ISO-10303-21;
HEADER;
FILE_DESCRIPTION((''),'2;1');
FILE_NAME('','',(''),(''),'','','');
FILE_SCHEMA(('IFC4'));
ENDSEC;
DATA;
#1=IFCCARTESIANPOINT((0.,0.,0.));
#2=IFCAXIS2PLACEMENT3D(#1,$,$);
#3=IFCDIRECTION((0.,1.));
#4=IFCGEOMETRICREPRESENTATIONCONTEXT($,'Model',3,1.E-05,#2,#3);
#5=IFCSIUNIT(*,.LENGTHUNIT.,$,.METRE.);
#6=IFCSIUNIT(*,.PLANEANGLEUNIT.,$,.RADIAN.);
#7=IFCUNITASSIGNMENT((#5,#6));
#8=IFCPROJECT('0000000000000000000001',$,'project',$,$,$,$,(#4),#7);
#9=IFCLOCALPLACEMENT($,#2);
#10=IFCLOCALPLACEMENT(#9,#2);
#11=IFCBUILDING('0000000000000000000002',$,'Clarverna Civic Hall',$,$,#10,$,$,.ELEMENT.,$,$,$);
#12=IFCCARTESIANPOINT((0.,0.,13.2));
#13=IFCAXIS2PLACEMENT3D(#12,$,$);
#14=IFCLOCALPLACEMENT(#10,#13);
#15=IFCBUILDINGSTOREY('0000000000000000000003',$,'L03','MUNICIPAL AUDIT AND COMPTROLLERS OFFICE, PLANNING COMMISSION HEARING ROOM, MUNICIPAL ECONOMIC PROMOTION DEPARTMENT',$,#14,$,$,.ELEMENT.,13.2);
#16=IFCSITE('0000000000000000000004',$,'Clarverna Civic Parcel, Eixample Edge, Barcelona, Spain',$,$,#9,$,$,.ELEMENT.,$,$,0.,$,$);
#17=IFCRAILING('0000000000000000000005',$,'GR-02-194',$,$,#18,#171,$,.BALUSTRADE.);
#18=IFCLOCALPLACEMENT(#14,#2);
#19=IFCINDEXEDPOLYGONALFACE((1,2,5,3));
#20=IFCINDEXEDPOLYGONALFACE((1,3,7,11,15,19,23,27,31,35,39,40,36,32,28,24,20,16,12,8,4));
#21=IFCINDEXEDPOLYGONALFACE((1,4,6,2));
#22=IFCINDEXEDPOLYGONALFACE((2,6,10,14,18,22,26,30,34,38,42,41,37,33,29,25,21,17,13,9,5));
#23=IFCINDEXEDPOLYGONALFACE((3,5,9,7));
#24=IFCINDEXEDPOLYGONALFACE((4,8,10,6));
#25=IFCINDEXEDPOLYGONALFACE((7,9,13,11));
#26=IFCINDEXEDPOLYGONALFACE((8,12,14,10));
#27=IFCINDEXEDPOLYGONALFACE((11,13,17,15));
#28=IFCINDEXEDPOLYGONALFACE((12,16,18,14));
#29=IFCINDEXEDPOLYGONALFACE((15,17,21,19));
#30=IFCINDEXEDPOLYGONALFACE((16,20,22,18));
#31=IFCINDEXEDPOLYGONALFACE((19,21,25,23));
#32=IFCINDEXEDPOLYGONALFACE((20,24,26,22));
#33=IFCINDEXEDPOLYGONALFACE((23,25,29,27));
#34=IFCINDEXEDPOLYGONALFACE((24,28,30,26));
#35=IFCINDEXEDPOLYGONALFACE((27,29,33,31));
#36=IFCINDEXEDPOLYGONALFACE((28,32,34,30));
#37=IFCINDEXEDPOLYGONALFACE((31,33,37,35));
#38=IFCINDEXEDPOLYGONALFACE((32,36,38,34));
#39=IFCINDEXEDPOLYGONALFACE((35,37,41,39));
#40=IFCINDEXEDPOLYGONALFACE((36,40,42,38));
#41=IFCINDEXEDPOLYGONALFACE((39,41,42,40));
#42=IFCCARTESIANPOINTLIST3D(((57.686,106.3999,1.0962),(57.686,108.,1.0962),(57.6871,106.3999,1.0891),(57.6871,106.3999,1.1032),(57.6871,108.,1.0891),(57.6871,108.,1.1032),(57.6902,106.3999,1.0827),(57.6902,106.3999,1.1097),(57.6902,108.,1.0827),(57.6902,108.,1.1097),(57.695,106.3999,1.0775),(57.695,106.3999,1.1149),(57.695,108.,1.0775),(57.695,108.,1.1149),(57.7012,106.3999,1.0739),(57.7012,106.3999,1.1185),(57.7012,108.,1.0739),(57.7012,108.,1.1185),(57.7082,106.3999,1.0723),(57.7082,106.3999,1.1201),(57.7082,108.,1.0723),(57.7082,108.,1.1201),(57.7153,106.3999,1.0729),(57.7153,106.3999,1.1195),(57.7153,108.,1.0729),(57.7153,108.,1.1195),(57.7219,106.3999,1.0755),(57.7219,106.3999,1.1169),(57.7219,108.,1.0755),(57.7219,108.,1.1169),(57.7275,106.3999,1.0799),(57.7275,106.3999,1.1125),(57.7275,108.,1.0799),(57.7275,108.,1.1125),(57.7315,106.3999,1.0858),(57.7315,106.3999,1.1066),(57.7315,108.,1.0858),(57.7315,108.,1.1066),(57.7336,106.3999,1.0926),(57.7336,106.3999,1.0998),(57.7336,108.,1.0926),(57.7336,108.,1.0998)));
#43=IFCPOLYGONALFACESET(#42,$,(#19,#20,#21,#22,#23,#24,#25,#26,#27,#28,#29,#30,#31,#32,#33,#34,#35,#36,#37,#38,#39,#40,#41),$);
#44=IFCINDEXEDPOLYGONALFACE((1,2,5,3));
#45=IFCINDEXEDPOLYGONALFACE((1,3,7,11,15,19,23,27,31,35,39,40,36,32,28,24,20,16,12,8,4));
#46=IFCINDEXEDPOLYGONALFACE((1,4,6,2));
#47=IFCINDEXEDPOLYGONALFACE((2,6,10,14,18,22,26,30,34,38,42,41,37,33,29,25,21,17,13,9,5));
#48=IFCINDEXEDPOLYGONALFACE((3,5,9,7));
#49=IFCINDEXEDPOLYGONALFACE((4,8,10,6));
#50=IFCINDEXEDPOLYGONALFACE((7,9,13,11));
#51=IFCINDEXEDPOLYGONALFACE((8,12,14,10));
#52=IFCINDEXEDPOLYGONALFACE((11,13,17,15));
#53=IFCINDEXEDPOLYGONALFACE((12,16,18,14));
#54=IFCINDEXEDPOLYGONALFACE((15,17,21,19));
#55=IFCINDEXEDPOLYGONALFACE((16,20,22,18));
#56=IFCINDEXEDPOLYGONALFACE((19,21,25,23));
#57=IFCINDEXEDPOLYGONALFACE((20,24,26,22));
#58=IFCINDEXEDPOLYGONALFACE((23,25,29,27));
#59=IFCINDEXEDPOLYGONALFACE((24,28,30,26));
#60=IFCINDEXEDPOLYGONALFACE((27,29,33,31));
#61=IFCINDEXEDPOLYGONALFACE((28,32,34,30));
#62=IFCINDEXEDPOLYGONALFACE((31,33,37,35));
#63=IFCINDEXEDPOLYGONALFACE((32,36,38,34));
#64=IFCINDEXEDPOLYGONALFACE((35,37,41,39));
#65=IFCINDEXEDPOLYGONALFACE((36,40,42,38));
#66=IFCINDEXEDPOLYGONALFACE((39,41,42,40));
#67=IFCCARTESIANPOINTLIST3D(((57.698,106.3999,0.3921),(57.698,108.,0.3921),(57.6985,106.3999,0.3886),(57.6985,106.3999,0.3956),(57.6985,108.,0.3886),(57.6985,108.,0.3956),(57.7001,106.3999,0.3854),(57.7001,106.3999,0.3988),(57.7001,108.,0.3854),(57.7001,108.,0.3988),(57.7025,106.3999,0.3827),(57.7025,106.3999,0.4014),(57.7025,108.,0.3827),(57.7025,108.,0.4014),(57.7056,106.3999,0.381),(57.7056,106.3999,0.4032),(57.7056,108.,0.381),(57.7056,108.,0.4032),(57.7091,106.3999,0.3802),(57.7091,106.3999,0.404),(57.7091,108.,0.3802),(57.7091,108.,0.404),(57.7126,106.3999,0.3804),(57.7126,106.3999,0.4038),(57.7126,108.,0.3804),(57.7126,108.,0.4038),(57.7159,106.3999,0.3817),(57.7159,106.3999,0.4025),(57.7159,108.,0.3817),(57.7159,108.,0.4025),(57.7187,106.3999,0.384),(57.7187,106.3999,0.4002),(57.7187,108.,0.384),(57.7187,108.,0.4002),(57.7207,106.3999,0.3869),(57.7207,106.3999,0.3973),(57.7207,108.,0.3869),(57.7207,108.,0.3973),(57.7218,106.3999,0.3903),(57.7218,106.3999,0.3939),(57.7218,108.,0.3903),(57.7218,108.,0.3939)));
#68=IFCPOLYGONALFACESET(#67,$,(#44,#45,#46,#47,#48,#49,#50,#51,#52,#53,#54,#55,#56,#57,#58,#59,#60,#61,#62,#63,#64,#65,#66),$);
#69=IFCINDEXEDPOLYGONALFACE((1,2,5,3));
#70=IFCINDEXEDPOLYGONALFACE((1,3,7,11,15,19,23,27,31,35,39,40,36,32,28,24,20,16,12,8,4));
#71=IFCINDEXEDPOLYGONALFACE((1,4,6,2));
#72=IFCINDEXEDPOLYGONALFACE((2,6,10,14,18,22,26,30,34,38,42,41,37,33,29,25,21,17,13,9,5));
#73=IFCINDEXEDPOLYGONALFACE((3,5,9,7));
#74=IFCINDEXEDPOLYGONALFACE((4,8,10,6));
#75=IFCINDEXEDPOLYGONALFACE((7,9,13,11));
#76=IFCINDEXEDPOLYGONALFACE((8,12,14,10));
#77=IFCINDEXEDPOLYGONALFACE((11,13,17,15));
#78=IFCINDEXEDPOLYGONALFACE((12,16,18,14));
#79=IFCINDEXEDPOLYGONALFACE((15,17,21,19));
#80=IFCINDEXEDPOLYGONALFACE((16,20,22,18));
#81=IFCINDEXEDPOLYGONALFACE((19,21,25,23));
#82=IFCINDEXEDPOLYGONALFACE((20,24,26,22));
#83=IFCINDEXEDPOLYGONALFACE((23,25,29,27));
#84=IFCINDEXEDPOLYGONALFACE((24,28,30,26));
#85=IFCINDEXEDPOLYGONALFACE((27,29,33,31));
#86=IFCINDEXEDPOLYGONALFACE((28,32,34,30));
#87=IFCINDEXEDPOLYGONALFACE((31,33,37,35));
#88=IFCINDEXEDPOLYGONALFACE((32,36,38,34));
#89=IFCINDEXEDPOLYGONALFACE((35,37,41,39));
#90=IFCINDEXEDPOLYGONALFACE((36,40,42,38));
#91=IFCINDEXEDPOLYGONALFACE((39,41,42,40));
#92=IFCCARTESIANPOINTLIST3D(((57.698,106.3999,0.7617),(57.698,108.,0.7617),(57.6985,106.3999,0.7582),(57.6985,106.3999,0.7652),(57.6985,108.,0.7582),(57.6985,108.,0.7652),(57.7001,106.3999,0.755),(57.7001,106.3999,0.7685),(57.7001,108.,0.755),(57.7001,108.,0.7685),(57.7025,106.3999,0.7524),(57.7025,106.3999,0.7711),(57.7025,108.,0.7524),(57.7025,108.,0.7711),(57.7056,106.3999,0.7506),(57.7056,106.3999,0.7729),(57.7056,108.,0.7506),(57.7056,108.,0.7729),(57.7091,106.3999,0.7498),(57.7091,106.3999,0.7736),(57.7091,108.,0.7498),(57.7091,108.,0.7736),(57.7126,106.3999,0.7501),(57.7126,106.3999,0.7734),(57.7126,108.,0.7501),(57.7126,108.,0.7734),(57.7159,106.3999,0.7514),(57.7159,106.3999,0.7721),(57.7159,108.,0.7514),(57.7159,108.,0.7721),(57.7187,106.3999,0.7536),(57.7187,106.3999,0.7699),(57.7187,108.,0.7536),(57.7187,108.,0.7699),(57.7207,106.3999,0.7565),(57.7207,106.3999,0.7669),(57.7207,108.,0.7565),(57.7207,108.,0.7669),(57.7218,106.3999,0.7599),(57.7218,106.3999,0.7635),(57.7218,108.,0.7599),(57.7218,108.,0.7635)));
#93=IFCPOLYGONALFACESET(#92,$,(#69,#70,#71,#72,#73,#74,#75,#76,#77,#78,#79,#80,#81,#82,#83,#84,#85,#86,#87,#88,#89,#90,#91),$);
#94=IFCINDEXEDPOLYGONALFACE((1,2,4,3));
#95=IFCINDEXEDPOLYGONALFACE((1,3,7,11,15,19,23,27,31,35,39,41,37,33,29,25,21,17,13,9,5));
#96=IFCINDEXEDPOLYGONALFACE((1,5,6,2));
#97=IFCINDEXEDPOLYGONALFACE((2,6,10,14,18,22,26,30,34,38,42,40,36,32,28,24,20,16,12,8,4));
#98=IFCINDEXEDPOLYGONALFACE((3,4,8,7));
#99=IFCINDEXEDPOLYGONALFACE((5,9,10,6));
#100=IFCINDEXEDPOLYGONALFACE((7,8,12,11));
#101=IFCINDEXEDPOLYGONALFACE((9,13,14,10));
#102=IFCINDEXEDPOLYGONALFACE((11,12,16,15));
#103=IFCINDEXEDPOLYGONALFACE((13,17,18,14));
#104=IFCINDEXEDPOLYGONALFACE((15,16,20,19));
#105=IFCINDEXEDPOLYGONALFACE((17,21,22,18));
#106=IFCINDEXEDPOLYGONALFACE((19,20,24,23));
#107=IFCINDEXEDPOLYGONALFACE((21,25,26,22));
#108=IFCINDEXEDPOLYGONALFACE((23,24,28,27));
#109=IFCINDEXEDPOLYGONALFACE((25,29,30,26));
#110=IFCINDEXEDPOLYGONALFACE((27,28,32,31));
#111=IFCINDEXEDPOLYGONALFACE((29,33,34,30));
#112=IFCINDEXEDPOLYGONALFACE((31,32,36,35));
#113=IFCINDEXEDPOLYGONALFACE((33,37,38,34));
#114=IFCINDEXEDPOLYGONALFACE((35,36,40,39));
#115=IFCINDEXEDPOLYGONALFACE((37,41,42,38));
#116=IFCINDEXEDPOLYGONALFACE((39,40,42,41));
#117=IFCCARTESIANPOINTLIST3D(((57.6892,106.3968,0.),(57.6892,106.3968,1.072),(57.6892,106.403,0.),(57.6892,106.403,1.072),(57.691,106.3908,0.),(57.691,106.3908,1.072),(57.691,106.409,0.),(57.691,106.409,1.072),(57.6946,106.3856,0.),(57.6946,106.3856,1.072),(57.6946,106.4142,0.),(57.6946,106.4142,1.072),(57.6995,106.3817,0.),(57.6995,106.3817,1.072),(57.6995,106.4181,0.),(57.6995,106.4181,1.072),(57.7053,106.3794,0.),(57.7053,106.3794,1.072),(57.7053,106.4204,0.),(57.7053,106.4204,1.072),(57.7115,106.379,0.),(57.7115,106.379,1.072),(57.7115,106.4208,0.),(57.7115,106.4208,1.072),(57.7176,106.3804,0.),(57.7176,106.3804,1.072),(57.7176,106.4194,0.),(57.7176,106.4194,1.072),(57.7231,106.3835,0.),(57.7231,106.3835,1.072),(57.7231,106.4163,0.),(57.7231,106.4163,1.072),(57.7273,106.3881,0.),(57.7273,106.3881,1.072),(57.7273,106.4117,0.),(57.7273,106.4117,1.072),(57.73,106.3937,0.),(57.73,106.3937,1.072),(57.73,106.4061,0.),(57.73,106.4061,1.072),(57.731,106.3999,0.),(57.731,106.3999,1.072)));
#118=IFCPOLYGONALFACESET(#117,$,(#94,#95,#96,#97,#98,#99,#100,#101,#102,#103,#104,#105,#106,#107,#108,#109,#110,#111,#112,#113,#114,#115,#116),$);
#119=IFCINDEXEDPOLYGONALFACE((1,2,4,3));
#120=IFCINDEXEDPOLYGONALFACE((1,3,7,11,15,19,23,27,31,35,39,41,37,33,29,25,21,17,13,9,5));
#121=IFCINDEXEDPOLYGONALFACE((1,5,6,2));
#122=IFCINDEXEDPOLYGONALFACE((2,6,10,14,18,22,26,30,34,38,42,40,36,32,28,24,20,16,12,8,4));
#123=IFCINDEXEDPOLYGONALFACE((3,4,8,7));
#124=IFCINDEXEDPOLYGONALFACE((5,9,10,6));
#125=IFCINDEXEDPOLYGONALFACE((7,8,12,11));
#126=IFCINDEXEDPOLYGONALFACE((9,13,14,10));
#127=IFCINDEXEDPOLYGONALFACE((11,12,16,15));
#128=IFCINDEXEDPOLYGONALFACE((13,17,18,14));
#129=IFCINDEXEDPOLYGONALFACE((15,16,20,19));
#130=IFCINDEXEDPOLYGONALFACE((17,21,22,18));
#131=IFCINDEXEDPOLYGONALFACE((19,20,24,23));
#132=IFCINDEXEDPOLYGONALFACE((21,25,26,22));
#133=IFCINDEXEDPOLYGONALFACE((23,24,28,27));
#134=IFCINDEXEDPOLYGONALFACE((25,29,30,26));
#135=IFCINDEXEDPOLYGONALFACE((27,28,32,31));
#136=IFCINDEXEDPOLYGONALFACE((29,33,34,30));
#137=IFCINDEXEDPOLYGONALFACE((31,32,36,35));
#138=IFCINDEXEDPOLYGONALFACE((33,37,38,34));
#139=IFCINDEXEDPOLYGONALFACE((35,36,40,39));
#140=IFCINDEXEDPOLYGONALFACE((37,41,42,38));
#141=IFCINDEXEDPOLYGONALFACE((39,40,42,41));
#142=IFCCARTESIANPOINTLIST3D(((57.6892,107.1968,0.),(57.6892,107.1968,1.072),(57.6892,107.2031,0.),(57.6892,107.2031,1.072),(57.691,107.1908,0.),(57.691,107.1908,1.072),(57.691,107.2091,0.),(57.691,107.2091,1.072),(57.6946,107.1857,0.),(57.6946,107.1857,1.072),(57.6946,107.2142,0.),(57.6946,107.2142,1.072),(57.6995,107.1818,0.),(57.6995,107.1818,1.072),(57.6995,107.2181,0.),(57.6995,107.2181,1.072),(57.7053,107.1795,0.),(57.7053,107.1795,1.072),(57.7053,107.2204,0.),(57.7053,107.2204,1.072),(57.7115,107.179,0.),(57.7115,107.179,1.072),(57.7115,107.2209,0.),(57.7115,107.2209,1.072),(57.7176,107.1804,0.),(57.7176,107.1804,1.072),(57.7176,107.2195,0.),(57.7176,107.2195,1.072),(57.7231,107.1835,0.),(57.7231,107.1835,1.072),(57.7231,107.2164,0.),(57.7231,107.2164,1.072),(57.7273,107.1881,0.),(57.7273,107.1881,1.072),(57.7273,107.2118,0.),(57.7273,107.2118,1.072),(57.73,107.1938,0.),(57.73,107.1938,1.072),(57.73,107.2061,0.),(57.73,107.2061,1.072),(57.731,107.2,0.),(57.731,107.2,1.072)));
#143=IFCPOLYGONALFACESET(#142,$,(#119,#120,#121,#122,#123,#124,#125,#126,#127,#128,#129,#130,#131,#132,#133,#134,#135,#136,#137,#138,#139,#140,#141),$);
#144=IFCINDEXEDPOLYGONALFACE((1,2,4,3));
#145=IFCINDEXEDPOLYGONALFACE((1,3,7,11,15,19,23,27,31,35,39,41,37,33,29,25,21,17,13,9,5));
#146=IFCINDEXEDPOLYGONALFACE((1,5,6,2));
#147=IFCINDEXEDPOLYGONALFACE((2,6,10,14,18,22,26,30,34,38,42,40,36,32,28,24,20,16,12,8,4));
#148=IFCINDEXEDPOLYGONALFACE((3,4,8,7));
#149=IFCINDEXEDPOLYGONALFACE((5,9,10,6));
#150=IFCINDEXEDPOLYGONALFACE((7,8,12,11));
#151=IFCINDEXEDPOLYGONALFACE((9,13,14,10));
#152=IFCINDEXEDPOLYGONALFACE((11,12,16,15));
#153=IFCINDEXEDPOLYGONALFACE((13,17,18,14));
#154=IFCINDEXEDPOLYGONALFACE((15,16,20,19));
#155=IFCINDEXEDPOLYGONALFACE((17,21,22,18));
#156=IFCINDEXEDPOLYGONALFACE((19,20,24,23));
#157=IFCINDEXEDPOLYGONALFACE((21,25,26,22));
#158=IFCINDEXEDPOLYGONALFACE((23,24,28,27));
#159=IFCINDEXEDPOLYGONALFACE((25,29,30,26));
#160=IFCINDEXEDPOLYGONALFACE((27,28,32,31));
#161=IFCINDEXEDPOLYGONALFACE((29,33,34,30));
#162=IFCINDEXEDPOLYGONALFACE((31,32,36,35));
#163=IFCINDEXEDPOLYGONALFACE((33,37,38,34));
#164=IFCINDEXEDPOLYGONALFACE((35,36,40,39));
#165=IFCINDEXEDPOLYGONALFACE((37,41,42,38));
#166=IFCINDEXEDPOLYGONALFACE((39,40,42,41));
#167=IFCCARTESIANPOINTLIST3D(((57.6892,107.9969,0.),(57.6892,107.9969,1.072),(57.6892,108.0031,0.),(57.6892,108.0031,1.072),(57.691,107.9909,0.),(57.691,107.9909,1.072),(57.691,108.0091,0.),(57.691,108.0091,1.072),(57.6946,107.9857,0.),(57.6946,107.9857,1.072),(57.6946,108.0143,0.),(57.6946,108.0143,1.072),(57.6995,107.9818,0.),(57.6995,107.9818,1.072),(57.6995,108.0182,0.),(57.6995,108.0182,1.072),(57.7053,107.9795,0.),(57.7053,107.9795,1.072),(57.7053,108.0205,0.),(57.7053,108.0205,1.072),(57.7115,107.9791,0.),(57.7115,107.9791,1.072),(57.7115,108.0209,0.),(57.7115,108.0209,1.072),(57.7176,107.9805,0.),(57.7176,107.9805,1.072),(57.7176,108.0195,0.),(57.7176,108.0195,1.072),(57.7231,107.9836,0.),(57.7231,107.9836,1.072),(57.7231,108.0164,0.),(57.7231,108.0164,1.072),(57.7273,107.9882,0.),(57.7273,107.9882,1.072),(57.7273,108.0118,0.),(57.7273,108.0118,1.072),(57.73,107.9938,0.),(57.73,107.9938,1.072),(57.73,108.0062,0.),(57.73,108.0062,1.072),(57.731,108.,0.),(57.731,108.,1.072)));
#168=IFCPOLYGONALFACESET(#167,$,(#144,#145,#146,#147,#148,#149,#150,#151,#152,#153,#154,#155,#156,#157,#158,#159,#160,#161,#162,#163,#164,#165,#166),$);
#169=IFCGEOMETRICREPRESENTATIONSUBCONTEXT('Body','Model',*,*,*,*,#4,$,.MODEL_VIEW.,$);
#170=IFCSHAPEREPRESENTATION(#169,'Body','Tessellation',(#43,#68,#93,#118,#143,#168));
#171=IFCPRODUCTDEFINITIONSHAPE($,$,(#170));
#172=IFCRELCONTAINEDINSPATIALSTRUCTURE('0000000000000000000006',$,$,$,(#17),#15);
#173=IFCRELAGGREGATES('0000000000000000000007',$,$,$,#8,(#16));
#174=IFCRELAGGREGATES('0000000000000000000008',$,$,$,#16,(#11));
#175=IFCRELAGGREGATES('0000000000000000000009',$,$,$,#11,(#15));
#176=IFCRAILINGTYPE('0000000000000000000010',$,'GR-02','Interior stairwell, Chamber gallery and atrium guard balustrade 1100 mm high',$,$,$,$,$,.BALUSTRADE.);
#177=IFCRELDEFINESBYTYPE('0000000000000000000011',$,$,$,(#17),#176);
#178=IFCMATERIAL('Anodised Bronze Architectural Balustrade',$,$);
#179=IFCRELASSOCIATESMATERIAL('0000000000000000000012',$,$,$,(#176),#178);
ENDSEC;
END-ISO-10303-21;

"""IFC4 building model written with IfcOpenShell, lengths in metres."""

from ifc_helpers import new_model, si_unit, direction, frame, origin, origin_2d, place, context, subcontext, project, spatial, circle, extrude, material, type_object, element, save


model = new_model("IFC4")

# Units and contexts
model_context = context("Model", 3, precision=1e-05, world=origin(), true_north=direction((0.0, 1.0)))
body_context = subcontext(model_context, "Body", "Model", "MODEL_VIEW")
ifc_project = project(units=[si_unit("LENGTHUNIT", "METRE"), si_unit("PLANEANGLEUNIT", "RADIAN")], contexts=[model_context])

# Site, building, storey
site_placement = place(None, origin())
site = spatial("IfcSite", under=ifc_project, at=site_placement, Name="Clarverna Civic Parcel, Eixample Edge, Barcelona, Spain", CompositionType="ELEMENT", RefElevation=0.0)
building_placement = place(site_placement, origin())
building = spatial("IfcBuilding", under=site, at=building_placement, Name="Clarverna Civic Hall", CompositionType="ELEMENT")
storey_placement = place(building_placement, frame((0.0, 0.0, 13.2)))
storey = spatial("IfcBuildingStorey", under=building, at=storey_placement, Name="L03", Description="MUNICIPAL AUDIT AND COMPTROLLERS OFFICE, PLANNING COMMISSION HEARING ROOM, MUNICIPAL ECONOMIC PROMOTION DEPARTMENT", CompositionType="ELEMENT", Elevation=13.2)

# Railing
ifc_material_1 = material(Name="Anodised Bronze Architectural Balustrade")
railing_type_1 = type_object("IfcRailingType", Name="GR-02", Description="Interior stairwell, Chamber gallery and atrium guard balustrade 1100 mm high", PredefinedType="BALUSTRADE", material=ifc_material_1)
railing_1_placement = place(storey_placement, frame((57.71, 106.3999, 0.0)))
element("IfcRailing", 1, at=railing_1_placement, inside=storey, type_object=railing_type_1, Name="GR-02-194", PredefinedType="BALUSTRADE", context=body_context, shape_type="SweptSolid", body=[
    extrude(circle(Radius=0.0239, at=origin_2d()), frame((0.0, 0.0, 1.0962), z_axis=(0.0, 1.0, 0.0), x_axis=(-1.0, 0.0, 0.0)), (0.0, 0.0, 1.0), 1.6001),
    extrude(circle(Radius=0.012, at=origin_2d()), frame((0.0, 0.0, 0.3921), z_axis=(0.0, 1.0, 0.0), x_axis=(-1.0, 0.0, 0.0)), (0.0, 0.0, 1.0), 1.6001),
    extrude(circle(Radius=0.012, at=origin_2d()), frame((0.0, 0.0, 0.7617), z_axis=(0.0, 1.0, 0.0), x_axis=(-1.0, 0.0, 0.0)), (0.0, 0.0, 1.0), 1.6001),
    extrude(circle(Radius=0.021, at=origin_2d()), origin(), (0.0, 0.0, 1.0), 1.072),
    extrude(circle(Radius=0.021, at=origin_2d()), frame((0.0, 0.8, 0.0)), (0.0, 0.0, 1.0), 1.072),
    extrude(circle(Radius=0.021, at=origin_2d()), frame((0.0, 1.6001, 0.0)), (0.0, 0.0, 1.0), 1.072),
])

save(model, "model.ifc")
